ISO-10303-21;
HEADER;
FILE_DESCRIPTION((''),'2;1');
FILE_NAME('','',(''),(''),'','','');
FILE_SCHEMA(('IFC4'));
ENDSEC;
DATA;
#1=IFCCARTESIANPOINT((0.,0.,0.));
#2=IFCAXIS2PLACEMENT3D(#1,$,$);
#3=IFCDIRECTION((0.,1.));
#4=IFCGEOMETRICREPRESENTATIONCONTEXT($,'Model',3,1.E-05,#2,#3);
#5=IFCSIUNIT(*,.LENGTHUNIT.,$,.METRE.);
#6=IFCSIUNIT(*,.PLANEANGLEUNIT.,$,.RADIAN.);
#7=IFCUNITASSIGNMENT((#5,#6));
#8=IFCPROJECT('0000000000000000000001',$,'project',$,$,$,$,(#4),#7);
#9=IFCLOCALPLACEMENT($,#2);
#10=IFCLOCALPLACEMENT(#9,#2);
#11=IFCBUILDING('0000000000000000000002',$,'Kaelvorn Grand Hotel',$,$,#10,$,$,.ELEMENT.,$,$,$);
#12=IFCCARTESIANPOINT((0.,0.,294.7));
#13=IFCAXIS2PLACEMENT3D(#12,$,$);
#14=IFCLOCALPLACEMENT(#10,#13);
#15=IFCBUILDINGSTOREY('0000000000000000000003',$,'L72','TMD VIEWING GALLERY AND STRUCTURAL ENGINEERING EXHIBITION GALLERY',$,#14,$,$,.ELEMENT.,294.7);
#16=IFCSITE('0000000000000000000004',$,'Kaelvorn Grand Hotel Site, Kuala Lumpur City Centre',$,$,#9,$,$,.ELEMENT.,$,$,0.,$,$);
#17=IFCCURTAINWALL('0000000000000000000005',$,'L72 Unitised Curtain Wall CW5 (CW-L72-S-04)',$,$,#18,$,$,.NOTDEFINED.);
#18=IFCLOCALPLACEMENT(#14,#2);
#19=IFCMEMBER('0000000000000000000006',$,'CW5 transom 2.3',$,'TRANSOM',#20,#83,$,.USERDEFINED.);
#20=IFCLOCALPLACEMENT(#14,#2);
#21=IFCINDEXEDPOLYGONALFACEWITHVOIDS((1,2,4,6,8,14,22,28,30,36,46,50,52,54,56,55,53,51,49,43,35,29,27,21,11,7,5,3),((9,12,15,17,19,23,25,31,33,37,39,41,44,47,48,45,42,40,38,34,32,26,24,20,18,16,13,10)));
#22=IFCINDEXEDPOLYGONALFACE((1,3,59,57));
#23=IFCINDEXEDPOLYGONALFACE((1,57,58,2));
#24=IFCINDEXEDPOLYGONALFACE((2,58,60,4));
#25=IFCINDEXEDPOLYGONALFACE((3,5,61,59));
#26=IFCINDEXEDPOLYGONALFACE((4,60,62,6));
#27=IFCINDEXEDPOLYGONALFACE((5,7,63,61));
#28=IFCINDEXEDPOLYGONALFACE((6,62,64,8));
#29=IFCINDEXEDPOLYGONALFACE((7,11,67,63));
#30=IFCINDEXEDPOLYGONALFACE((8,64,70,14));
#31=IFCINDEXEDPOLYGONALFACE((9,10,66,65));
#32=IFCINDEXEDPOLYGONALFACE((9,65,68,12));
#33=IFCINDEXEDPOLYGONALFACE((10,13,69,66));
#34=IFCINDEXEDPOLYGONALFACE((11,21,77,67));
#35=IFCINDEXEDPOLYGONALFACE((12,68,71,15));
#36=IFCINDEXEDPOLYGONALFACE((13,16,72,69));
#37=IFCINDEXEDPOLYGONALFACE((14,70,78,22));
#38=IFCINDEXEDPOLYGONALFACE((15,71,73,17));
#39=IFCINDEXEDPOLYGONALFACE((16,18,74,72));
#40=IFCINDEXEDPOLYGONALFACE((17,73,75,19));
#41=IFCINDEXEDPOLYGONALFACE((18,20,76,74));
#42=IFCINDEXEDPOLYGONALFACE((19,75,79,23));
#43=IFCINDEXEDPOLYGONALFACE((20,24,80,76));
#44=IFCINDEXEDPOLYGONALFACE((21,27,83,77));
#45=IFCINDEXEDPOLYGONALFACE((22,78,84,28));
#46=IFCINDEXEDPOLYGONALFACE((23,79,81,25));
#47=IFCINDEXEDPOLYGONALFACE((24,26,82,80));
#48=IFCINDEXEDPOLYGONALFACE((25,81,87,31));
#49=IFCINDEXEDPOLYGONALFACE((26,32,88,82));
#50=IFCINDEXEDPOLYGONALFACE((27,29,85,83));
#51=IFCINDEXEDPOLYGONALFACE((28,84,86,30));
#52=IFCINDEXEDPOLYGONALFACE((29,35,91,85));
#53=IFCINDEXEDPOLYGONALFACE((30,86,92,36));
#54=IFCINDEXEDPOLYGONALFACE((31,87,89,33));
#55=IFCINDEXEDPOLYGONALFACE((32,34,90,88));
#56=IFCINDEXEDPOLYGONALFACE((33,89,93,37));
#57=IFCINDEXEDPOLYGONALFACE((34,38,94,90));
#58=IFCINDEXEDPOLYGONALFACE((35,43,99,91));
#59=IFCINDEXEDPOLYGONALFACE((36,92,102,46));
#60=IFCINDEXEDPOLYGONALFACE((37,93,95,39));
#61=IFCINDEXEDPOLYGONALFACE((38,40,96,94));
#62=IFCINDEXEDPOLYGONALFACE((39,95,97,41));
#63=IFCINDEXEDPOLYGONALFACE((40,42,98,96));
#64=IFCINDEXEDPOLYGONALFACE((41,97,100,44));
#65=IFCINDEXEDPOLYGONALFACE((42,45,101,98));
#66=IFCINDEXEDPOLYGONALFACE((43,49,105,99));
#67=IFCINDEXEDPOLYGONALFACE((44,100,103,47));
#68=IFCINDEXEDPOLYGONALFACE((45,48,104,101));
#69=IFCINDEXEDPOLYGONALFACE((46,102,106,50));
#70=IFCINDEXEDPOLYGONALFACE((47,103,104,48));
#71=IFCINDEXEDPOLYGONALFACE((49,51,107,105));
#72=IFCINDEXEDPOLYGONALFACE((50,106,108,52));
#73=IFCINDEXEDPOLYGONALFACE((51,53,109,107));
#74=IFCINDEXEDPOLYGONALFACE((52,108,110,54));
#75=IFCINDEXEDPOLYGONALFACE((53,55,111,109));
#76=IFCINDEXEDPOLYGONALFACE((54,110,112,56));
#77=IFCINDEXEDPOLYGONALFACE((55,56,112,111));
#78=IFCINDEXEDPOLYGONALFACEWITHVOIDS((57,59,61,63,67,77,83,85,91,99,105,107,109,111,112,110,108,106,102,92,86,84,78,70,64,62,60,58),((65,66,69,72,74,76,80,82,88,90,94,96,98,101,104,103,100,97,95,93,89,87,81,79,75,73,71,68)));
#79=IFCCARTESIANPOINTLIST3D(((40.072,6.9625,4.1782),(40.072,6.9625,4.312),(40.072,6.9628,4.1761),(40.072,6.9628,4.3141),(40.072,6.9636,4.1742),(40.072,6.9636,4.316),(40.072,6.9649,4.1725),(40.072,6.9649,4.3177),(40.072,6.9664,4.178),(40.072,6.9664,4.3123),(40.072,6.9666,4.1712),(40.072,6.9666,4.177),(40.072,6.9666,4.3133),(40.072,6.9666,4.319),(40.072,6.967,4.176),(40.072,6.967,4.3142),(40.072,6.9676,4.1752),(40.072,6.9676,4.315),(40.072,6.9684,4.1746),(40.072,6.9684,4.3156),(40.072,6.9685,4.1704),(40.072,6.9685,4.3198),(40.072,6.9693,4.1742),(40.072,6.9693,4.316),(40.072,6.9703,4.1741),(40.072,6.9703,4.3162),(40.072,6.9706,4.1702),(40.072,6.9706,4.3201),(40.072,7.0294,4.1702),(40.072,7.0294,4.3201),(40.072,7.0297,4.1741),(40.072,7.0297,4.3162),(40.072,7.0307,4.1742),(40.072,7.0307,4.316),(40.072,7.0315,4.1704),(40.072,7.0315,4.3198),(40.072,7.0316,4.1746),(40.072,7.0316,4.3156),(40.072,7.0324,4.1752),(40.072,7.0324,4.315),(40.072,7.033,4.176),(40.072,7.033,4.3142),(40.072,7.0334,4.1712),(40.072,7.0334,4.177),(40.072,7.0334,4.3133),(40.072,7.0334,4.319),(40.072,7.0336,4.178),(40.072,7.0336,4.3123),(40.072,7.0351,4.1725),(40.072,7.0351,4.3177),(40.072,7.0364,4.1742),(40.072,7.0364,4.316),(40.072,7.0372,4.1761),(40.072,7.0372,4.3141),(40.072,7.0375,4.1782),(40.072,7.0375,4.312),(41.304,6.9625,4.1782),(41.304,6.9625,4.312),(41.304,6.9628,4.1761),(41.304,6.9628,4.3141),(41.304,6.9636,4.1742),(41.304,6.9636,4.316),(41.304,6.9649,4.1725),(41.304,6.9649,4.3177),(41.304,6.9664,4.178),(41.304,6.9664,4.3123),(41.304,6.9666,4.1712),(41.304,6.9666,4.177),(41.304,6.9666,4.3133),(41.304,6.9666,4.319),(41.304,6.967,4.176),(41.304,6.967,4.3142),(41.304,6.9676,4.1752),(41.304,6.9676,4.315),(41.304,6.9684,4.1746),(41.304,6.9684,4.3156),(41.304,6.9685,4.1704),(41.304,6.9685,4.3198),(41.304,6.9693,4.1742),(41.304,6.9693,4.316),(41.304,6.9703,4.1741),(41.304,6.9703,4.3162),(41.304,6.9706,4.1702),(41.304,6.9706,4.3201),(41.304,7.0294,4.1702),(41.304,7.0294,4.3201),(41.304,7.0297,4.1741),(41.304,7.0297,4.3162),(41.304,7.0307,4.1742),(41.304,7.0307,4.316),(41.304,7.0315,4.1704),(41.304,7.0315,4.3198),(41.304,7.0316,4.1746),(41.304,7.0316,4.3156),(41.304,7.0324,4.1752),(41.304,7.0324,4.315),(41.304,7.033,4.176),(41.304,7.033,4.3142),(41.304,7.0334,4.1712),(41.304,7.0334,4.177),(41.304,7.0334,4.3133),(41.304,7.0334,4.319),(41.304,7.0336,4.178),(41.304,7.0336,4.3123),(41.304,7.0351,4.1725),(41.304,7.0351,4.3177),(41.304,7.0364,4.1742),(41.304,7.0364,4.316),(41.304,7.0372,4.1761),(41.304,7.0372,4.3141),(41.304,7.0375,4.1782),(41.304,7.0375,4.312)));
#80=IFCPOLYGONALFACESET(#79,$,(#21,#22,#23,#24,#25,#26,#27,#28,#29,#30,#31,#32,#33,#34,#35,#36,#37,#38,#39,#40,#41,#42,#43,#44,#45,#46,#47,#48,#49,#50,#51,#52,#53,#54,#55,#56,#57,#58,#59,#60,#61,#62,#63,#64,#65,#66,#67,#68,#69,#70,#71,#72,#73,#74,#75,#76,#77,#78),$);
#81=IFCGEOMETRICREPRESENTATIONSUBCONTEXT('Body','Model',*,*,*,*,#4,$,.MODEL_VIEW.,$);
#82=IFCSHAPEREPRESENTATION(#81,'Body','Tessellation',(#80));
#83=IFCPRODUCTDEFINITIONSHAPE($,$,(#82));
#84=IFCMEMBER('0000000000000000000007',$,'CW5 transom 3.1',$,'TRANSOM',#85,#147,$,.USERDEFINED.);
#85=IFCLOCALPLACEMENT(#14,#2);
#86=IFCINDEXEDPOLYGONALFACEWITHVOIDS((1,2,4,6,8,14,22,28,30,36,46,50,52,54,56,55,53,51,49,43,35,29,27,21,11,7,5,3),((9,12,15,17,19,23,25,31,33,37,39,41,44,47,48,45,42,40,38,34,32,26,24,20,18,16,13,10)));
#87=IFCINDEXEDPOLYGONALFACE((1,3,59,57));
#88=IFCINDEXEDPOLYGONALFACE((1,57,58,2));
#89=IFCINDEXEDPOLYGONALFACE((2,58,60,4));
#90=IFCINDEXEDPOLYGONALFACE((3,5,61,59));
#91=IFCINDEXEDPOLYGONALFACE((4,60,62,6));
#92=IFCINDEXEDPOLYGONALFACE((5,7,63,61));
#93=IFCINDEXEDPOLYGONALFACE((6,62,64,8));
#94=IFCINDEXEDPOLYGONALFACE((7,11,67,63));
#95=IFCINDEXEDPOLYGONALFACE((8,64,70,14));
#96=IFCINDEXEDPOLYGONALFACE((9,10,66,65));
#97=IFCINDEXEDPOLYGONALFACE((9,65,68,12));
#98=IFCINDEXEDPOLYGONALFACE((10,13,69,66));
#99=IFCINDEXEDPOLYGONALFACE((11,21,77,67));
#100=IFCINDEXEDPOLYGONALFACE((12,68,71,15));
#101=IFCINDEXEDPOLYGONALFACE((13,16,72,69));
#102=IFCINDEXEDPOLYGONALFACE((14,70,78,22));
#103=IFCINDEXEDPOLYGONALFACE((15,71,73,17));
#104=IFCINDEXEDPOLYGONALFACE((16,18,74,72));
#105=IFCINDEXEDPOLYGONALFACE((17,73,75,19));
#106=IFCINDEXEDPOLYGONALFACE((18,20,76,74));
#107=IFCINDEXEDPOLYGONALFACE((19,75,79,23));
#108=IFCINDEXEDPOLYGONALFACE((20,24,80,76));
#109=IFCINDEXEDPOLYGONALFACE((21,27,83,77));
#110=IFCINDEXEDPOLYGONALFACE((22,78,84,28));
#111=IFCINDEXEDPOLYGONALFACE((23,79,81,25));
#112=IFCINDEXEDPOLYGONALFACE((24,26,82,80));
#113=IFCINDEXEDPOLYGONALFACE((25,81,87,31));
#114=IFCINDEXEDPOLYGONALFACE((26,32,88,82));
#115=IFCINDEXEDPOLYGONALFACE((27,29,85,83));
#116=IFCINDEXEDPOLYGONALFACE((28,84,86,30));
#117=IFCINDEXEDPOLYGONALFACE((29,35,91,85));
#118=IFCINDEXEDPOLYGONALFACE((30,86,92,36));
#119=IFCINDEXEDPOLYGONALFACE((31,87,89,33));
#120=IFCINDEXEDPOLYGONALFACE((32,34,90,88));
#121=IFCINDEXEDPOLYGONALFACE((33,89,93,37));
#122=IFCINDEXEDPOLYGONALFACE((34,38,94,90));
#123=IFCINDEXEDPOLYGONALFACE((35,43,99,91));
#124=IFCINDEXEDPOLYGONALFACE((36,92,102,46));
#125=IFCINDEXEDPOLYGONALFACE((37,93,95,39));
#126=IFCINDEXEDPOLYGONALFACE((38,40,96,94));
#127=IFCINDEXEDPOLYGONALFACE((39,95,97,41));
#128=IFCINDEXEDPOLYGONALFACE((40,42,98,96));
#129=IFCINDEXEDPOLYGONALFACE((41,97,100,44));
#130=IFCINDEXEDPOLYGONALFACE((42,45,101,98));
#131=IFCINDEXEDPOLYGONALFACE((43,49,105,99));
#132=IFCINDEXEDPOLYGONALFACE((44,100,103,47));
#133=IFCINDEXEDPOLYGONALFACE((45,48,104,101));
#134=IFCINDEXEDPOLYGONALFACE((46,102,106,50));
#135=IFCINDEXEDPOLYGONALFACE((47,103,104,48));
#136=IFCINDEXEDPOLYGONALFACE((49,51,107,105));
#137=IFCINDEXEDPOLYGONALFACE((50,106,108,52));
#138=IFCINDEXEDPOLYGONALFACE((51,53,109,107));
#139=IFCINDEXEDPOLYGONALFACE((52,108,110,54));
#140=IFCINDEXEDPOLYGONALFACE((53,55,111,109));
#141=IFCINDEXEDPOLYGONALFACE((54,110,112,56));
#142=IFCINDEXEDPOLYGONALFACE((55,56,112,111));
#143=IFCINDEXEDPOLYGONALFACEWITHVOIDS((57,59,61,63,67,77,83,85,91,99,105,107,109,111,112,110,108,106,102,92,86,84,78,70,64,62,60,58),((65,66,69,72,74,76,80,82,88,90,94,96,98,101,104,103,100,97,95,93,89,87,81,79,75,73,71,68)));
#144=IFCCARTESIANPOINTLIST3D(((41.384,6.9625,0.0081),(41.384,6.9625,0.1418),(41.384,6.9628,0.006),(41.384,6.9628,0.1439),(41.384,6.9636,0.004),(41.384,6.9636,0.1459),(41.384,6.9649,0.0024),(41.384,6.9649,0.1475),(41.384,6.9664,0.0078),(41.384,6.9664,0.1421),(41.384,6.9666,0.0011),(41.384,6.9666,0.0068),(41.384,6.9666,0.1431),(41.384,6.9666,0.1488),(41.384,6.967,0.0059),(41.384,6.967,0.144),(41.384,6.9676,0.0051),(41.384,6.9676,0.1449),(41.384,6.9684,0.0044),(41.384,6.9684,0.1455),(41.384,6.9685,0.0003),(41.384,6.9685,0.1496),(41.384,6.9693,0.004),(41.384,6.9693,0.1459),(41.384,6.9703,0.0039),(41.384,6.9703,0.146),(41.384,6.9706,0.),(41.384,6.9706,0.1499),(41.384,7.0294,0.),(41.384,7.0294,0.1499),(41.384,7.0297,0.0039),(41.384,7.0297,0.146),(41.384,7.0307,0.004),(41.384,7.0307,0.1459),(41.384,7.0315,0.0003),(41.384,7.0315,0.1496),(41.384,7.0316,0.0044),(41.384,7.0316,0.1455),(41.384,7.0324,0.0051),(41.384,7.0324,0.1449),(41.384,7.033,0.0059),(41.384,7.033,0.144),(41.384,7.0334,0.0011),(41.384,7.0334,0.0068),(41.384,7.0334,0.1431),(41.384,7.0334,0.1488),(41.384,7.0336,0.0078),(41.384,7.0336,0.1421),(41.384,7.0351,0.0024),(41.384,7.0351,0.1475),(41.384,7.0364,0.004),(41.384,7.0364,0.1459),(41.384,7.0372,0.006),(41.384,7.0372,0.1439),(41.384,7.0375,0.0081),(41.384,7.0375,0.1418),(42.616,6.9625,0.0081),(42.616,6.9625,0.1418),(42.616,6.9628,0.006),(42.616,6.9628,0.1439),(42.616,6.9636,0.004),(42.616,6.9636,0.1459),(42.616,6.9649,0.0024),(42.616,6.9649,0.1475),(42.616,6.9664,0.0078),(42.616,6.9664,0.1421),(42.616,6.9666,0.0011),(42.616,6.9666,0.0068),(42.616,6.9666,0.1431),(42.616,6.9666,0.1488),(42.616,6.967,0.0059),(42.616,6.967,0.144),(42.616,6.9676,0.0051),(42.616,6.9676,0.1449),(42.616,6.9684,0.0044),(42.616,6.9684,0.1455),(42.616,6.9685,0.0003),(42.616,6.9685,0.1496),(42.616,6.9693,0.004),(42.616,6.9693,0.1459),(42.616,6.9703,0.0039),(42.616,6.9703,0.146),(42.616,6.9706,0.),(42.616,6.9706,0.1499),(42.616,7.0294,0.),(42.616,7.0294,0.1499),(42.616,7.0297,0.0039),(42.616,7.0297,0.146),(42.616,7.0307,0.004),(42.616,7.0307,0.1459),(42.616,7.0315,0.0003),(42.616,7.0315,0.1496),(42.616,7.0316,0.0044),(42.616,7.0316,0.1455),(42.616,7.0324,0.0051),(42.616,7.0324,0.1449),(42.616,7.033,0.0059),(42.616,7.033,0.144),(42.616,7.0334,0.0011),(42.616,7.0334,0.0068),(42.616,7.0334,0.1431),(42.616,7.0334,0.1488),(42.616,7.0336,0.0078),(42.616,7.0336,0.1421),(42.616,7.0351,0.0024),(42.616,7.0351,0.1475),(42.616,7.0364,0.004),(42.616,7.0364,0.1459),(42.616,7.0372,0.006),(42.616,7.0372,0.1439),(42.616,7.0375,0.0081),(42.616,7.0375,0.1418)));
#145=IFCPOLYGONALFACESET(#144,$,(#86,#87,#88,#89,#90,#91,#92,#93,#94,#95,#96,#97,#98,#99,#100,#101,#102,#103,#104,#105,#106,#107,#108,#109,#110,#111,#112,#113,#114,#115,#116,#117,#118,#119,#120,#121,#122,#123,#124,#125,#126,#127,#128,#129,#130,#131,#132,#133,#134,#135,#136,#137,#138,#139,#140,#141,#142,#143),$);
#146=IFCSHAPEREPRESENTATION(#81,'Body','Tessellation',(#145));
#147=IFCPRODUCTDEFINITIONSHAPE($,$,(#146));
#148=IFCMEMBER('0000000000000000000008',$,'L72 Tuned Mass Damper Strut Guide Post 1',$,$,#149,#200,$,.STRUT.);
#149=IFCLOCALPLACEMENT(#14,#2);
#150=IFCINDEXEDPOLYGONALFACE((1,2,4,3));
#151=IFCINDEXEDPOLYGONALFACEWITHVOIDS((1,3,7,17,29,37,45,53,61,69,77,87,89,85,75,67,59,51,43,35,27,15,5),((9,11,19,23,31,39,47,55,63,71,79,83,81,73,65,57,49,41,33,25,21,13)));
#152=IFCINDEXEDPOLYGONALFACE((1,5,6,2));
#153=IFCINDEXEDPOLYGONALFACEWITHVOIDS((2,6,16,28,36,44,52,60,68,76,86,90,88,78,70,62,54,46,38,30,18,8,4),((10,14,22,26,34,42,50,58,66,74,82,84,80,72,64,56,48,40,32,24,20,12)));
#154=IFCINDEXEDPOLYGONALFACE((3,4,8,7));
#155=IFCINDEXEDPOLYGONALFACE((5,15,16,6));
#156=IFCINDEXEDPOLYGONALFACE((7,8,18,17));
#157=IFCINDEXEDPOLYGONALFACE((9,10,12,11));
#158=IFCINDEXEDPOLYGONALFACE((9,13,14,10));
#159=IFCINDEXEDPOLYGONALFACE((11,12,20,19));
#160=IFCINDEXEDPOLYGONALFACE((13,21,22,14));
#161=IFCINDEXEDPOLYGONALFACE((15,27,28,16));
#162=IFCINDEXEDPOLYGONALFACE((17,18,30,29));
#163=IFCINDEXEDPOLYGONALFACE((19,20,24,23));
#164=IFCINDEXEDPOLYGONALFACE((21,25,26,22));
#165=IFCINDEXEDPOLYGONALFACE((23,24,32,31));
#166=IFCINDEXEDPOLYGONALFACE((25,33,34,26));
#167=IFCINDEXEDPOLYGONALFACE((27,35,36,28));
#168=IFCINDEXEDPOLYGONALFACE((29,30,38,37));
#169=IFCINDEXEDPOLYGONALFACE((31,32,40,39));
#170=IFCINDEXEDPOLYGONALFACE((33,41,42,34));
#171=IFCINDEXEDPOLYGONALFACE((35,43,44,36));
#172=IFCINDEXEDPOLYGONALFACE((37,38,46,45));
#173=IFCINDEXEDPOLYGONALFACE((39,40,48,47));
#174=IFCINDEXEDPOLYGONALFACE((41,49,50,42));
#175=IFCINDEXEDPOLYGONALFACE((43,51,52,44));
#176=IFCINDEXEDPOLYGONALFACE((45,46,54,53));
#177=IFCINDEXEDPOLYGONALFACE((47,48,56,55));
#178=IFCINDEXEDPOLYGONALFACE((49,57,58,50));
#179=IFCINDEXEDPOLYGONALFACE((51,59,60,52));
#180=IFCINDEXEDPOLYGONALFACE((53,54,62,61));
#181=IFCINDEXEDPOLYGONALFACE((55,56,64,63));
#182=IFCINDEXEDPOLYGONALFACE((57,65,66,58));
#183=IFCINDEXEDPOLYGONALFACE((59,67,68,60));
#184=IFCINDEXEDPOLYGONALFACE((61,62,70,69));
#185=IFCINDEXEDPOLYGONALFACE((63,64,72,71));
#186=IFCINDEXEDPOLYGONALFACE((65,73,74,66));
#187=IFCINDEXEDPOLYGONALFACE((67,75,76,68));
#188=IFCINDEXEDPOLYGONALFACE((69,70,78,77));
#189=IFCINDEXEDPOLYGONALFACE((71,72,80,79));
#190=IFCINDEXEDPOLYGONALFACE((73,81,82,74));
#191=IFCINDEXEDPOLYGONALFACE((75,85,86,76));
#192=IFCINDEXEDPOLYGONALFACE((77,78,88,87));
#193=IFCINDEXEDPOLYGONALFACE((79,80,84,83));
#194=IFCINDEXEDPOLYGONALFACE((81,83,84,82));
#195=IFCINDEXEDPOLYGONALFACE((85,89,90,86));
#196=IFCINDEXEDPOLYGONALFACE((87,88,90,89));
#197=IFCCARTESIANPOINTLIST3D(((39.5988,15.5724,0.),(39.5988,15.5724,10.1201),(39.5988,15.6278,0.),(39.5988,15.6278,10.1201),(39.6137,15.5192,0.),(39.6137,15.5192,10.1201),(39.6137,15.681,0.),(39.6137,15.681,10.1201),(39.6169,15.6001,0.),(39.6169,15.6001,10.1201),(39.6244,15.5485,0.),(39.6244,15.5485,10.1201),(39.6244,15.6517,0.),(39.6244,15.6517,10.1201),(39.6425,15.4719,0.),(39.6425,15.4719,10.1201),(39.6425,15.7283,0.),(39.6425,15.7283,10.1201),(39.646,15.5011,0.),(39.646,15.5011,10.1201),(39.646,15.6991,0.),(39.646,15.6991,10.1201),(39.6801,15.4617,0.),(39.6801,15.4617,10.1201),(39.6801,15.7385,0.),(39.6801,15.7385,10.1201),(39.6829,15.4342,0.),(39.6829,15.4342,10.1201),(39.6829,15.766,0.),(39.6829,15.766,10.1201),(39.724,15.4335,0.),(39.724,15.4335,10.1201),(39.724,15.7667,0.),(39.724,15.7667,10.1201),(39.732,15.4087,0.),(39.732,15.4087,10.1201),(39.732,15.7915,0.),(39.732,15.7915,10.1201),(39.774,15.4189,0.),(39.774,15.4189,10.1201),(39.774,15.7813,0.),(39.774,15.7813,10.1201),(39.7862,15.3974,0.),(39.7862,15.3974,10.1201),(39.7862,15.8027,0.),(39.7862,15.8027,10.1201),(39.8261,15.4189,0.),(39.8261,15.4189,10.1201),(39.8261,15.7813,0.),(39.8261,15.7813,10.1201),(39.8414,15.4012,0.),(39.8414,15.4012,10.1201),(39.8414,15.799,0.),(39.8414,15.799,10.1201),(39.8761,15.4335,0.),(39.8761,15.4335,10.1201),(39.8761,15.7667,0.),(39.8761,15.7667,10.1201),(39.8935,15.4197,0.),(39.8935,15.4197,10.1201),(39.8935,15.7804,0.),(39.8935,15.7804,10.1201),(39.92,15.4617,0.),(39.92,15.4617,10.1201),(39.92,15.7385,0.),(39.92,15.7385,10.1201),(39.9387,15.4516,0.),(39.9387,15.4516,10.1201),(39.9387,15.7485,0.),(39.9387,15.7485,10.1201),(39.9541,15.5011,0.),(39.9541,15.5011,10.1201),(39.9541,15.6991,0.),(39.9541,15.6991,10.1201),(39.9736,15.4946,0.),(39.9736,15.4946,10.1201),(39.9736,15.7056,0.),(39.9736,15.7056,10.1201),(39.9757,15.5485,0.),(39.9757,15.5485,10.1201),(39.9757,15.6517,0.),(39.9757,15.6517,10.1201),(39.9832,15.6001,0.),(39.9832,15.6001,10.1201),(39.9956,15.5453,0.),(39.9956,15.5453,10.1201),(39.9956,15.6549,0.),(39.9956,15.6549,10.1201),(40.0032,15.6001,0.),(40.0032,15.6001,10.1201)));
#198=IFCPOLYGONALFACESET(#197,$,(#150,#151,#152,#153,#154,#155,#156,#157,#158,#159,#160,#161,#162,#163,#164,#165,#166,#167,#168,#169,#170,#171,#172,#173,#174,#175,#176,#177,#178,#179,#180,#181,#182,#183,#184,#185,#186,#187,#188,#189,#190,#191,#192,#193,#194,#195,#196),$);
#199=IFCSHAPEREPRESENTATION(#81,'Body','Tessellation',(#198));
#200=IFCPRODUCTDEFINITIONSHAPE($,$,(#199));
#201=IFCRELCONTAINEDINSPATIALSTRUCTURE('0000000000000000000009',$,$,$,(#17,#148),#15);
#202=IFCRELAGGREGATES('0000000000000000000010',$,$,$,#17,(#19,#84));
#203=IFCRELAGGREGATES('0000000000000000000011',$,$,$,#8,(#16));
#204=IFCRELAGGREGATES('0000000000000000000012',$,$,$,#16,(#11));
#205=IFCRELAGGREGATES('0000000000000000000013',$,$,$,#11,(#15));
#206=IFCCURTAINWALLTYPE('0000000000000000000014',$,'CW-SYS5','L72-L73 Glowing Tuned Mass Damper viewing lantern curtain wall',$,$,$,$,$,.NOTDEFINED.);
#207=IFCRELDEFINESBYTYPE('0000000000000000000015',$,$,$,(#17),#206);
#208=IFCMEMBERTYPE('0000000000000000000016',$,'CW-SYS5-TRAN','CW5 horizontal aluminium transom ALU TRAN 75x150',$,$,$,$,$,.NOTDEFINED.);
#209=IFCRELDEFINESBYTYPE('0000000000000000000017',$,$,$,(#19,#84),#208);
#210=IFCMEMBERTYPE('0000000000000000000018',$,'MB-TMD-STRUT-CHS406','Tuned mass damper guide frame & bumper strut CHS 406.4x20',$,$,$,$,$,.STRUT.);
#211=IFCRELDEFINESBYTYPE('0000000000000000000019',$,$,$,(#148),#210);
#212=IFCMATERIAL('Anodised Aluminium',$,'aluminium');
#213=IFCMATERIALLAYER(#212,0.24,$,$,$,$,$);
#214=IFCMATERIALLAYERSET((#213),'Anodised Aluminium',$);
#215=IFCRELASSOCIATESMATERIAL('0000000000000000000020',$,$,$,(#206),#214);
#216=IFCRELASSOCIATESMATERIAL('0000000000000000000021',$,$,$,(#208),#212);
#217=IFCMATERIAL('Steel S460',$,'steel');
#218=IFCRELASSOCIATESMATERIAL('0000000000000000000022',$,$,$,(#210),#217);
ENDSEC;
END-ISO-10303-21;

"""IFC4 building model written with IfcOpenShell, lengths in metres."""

from ifc_helpers import new_model, si_unit, direction, frame, origin, origin_2d, place, context, subcontext, project, spatial, hollow_rectangle, hollow_circle, extrude, material, layer, layer_set, material_profile, profile_set, type_object, element, aggregate, save


model = new_model("IFC4")

# Units and contexts
model_context = context("Model", 3, precision=1e-05, world=origin(), true_north=direction((0.0, 1.0)))
body_context = subcontext(model_context, "Body", "Model", "MODEL_VIEW")
ifc_project = project(units=[si_unit("LENGTHUNIT", "METRE"), si_unit("PLANEANGLEUNIT", "RADIAN")], contexts=[model_context])

# Site, building, storey
site_placement = place(None, origin())
site = spatial("IfcSite", under=ifc_project, at=site_placement, Name="Kaelvorn Grand Hotel Site, Kuala Lumpur City Centre", CompositionType="ELEMENT", RefElevation=0.0)
building_placement = place(site_placement, origin())
building = spatial("IfcBuilding", under=site, at=building_placement, Name="Kaelvorn Grand Hotel", CompositionType="ELEMENT")
storey_placement = place(building_placement, frame((0.0, 0.0, 294.7)))
storey = spatial("IfcBuildingStorey", under=building, at=storey_placement, Name="L72", Description="TMD VIEWING GALLERY AND STRUCTURAL ENGINEERING EXHIBITION GALLERY", CompositionType="ELEMENT", Elevation=294.7)

# Shared definitions
ifc_material_1 = material(Name="Steel S460", Category="steel")

# Curtain wall, members
ifc_material_2 = material(Name="Anodised Aluminium", Category="aluminium")
ifc_layer_1 = layer(ifc_material_2, 0.24)
ifc_layer_set_1 = layer_set([ifc_layer_1], Name="Anodised Aluminium")
curtain_wall_type = type_object("IfcCurtainWallType", Name="CW-SYS5", Description="L72-L73 Glowing Tuned Mass Damper viewing lantern curtain wall", PredefinedType="NOTDEFINED", material=ifc_layer_set_1)
curtain_wall_placement = place(storey_placement, origin())
curtain_wall = element("IfcCurtainWall", 1, at=curtain_wall_placement, inside=storey, type_object=curtain_wall_type, Name="L72 Unitised Curtain Wall CW5 (CW-L72-S-04)", PredefinedType="NOTDEFINED")
ifc_material_profile_1 = material_profile(ifc_material_2, hollow_rectangle(XDim=0.075, YDim=0.1499, WallThickness=0.0039, InnerFilletRadius=0.0039, OuterFilletRadius=0.0081, at=origin_2d()), Name="ALU TRAN 75x150")
ifc_profile_set_1 = profile_set([ifc_material_profile_1], Name="Anodised Aluminium")
member_type_1 = type_object("IfcMemberType", Name="CW-SYS5-TRAN", Description="CW5 horizontal aluminium transom ALU TRAN 75x150", PredefinedType="NOTDEFINED", material=ifc_profile_set_1)
member_1_placement = place(storey_placement, frame((40.072, 7.0, 4.2451), z_axis=(1.0, 0.0, 0.0), x_axis=(0.0, 1.0, 0.0)))
member_1 = element("IfcMember", 2, at=member_1_placement, type_object=member_type_1, Name="CW5 transom 2.3", ObjectType="TRANSOM", PredefinedType="USERDEFINED", context=body_context, shape_type="SweptSolid", body=[
    extrude(hollow_rectangle(XDim=0.075, YDim=0.1499, WallThickness=0.0039, InnerFilletRadius=0.0039, OuterFilletRadius=0.0081, at=origin_2d()), origin(), (0.0, 0.0, 1.0), 1.2319),
])
member_2_placement = place(storey_placement, frame((41.384, 7.0, 0.075), z_axis=(1.0, 0.0, 0.0), x_axis=(0.0, 1.0, 0.0)))
member_2 = element("IfcMember", 3, at=member_2_placement, type_object=member_type_1, Name="CW5 transom 3.1", ObjectType="TRANSOM", PredefinedType="USERDEFINED", context=body_context, shape_type="SweptSolid", body=[
    extrude(hollow_rectangle(XDim=0.075, YDim=0.1499, WallThickness=0.0039, InnerFilletRadius=0.0039, OuterFilletRadius=0.0081, at=origin_2d()), origin(), (0.0, 0.0, 1.0), 1.2319),
])

# Member
ifc_material_profile_2 = material_profile(ifc_material_1, hollow_circle(Radius=0.2031, WallThickness=0.02, at=origin_2d()), Name="CHS 406.4x20.0")
ifc_profile_set_2 = profile_set([ifc_material_profile_2], Name="Steel S460")
member_type_2 = type_object("IfcMemberType", Name="MB-TMD-STRUT-CHS406", Description="Tuned mass damper guide frame & bumper strut CHS 406.4x20", PredefinedType="STRUT", material=ifc_profile_set_2)
member_3_placement = place(storey_placement, frame((39.8, 15.6001, 0.0), z_axis=(0.0, 0.0, 1.0), x_axis=(1.0, 0.0, 0.0)))
element("IfcMember", 4, at=member_3_placement, inside=storey, type_object=member_type_2, Name="L72 Tuned Mass Damper Strut Guide Post 1", PredefinedType="STRUT", context=body_context, shape_type="SweptSolid", body=[
    extrude(hollow_circle(Radius=0.2031, WallThickness=0.02, at=origin_2d()), origin(), (0.0, 0.0, 1.0), 10.1201),
])

aggregate(curtain_wall, [member_1, member_2])

save(model, "model.ifc")
